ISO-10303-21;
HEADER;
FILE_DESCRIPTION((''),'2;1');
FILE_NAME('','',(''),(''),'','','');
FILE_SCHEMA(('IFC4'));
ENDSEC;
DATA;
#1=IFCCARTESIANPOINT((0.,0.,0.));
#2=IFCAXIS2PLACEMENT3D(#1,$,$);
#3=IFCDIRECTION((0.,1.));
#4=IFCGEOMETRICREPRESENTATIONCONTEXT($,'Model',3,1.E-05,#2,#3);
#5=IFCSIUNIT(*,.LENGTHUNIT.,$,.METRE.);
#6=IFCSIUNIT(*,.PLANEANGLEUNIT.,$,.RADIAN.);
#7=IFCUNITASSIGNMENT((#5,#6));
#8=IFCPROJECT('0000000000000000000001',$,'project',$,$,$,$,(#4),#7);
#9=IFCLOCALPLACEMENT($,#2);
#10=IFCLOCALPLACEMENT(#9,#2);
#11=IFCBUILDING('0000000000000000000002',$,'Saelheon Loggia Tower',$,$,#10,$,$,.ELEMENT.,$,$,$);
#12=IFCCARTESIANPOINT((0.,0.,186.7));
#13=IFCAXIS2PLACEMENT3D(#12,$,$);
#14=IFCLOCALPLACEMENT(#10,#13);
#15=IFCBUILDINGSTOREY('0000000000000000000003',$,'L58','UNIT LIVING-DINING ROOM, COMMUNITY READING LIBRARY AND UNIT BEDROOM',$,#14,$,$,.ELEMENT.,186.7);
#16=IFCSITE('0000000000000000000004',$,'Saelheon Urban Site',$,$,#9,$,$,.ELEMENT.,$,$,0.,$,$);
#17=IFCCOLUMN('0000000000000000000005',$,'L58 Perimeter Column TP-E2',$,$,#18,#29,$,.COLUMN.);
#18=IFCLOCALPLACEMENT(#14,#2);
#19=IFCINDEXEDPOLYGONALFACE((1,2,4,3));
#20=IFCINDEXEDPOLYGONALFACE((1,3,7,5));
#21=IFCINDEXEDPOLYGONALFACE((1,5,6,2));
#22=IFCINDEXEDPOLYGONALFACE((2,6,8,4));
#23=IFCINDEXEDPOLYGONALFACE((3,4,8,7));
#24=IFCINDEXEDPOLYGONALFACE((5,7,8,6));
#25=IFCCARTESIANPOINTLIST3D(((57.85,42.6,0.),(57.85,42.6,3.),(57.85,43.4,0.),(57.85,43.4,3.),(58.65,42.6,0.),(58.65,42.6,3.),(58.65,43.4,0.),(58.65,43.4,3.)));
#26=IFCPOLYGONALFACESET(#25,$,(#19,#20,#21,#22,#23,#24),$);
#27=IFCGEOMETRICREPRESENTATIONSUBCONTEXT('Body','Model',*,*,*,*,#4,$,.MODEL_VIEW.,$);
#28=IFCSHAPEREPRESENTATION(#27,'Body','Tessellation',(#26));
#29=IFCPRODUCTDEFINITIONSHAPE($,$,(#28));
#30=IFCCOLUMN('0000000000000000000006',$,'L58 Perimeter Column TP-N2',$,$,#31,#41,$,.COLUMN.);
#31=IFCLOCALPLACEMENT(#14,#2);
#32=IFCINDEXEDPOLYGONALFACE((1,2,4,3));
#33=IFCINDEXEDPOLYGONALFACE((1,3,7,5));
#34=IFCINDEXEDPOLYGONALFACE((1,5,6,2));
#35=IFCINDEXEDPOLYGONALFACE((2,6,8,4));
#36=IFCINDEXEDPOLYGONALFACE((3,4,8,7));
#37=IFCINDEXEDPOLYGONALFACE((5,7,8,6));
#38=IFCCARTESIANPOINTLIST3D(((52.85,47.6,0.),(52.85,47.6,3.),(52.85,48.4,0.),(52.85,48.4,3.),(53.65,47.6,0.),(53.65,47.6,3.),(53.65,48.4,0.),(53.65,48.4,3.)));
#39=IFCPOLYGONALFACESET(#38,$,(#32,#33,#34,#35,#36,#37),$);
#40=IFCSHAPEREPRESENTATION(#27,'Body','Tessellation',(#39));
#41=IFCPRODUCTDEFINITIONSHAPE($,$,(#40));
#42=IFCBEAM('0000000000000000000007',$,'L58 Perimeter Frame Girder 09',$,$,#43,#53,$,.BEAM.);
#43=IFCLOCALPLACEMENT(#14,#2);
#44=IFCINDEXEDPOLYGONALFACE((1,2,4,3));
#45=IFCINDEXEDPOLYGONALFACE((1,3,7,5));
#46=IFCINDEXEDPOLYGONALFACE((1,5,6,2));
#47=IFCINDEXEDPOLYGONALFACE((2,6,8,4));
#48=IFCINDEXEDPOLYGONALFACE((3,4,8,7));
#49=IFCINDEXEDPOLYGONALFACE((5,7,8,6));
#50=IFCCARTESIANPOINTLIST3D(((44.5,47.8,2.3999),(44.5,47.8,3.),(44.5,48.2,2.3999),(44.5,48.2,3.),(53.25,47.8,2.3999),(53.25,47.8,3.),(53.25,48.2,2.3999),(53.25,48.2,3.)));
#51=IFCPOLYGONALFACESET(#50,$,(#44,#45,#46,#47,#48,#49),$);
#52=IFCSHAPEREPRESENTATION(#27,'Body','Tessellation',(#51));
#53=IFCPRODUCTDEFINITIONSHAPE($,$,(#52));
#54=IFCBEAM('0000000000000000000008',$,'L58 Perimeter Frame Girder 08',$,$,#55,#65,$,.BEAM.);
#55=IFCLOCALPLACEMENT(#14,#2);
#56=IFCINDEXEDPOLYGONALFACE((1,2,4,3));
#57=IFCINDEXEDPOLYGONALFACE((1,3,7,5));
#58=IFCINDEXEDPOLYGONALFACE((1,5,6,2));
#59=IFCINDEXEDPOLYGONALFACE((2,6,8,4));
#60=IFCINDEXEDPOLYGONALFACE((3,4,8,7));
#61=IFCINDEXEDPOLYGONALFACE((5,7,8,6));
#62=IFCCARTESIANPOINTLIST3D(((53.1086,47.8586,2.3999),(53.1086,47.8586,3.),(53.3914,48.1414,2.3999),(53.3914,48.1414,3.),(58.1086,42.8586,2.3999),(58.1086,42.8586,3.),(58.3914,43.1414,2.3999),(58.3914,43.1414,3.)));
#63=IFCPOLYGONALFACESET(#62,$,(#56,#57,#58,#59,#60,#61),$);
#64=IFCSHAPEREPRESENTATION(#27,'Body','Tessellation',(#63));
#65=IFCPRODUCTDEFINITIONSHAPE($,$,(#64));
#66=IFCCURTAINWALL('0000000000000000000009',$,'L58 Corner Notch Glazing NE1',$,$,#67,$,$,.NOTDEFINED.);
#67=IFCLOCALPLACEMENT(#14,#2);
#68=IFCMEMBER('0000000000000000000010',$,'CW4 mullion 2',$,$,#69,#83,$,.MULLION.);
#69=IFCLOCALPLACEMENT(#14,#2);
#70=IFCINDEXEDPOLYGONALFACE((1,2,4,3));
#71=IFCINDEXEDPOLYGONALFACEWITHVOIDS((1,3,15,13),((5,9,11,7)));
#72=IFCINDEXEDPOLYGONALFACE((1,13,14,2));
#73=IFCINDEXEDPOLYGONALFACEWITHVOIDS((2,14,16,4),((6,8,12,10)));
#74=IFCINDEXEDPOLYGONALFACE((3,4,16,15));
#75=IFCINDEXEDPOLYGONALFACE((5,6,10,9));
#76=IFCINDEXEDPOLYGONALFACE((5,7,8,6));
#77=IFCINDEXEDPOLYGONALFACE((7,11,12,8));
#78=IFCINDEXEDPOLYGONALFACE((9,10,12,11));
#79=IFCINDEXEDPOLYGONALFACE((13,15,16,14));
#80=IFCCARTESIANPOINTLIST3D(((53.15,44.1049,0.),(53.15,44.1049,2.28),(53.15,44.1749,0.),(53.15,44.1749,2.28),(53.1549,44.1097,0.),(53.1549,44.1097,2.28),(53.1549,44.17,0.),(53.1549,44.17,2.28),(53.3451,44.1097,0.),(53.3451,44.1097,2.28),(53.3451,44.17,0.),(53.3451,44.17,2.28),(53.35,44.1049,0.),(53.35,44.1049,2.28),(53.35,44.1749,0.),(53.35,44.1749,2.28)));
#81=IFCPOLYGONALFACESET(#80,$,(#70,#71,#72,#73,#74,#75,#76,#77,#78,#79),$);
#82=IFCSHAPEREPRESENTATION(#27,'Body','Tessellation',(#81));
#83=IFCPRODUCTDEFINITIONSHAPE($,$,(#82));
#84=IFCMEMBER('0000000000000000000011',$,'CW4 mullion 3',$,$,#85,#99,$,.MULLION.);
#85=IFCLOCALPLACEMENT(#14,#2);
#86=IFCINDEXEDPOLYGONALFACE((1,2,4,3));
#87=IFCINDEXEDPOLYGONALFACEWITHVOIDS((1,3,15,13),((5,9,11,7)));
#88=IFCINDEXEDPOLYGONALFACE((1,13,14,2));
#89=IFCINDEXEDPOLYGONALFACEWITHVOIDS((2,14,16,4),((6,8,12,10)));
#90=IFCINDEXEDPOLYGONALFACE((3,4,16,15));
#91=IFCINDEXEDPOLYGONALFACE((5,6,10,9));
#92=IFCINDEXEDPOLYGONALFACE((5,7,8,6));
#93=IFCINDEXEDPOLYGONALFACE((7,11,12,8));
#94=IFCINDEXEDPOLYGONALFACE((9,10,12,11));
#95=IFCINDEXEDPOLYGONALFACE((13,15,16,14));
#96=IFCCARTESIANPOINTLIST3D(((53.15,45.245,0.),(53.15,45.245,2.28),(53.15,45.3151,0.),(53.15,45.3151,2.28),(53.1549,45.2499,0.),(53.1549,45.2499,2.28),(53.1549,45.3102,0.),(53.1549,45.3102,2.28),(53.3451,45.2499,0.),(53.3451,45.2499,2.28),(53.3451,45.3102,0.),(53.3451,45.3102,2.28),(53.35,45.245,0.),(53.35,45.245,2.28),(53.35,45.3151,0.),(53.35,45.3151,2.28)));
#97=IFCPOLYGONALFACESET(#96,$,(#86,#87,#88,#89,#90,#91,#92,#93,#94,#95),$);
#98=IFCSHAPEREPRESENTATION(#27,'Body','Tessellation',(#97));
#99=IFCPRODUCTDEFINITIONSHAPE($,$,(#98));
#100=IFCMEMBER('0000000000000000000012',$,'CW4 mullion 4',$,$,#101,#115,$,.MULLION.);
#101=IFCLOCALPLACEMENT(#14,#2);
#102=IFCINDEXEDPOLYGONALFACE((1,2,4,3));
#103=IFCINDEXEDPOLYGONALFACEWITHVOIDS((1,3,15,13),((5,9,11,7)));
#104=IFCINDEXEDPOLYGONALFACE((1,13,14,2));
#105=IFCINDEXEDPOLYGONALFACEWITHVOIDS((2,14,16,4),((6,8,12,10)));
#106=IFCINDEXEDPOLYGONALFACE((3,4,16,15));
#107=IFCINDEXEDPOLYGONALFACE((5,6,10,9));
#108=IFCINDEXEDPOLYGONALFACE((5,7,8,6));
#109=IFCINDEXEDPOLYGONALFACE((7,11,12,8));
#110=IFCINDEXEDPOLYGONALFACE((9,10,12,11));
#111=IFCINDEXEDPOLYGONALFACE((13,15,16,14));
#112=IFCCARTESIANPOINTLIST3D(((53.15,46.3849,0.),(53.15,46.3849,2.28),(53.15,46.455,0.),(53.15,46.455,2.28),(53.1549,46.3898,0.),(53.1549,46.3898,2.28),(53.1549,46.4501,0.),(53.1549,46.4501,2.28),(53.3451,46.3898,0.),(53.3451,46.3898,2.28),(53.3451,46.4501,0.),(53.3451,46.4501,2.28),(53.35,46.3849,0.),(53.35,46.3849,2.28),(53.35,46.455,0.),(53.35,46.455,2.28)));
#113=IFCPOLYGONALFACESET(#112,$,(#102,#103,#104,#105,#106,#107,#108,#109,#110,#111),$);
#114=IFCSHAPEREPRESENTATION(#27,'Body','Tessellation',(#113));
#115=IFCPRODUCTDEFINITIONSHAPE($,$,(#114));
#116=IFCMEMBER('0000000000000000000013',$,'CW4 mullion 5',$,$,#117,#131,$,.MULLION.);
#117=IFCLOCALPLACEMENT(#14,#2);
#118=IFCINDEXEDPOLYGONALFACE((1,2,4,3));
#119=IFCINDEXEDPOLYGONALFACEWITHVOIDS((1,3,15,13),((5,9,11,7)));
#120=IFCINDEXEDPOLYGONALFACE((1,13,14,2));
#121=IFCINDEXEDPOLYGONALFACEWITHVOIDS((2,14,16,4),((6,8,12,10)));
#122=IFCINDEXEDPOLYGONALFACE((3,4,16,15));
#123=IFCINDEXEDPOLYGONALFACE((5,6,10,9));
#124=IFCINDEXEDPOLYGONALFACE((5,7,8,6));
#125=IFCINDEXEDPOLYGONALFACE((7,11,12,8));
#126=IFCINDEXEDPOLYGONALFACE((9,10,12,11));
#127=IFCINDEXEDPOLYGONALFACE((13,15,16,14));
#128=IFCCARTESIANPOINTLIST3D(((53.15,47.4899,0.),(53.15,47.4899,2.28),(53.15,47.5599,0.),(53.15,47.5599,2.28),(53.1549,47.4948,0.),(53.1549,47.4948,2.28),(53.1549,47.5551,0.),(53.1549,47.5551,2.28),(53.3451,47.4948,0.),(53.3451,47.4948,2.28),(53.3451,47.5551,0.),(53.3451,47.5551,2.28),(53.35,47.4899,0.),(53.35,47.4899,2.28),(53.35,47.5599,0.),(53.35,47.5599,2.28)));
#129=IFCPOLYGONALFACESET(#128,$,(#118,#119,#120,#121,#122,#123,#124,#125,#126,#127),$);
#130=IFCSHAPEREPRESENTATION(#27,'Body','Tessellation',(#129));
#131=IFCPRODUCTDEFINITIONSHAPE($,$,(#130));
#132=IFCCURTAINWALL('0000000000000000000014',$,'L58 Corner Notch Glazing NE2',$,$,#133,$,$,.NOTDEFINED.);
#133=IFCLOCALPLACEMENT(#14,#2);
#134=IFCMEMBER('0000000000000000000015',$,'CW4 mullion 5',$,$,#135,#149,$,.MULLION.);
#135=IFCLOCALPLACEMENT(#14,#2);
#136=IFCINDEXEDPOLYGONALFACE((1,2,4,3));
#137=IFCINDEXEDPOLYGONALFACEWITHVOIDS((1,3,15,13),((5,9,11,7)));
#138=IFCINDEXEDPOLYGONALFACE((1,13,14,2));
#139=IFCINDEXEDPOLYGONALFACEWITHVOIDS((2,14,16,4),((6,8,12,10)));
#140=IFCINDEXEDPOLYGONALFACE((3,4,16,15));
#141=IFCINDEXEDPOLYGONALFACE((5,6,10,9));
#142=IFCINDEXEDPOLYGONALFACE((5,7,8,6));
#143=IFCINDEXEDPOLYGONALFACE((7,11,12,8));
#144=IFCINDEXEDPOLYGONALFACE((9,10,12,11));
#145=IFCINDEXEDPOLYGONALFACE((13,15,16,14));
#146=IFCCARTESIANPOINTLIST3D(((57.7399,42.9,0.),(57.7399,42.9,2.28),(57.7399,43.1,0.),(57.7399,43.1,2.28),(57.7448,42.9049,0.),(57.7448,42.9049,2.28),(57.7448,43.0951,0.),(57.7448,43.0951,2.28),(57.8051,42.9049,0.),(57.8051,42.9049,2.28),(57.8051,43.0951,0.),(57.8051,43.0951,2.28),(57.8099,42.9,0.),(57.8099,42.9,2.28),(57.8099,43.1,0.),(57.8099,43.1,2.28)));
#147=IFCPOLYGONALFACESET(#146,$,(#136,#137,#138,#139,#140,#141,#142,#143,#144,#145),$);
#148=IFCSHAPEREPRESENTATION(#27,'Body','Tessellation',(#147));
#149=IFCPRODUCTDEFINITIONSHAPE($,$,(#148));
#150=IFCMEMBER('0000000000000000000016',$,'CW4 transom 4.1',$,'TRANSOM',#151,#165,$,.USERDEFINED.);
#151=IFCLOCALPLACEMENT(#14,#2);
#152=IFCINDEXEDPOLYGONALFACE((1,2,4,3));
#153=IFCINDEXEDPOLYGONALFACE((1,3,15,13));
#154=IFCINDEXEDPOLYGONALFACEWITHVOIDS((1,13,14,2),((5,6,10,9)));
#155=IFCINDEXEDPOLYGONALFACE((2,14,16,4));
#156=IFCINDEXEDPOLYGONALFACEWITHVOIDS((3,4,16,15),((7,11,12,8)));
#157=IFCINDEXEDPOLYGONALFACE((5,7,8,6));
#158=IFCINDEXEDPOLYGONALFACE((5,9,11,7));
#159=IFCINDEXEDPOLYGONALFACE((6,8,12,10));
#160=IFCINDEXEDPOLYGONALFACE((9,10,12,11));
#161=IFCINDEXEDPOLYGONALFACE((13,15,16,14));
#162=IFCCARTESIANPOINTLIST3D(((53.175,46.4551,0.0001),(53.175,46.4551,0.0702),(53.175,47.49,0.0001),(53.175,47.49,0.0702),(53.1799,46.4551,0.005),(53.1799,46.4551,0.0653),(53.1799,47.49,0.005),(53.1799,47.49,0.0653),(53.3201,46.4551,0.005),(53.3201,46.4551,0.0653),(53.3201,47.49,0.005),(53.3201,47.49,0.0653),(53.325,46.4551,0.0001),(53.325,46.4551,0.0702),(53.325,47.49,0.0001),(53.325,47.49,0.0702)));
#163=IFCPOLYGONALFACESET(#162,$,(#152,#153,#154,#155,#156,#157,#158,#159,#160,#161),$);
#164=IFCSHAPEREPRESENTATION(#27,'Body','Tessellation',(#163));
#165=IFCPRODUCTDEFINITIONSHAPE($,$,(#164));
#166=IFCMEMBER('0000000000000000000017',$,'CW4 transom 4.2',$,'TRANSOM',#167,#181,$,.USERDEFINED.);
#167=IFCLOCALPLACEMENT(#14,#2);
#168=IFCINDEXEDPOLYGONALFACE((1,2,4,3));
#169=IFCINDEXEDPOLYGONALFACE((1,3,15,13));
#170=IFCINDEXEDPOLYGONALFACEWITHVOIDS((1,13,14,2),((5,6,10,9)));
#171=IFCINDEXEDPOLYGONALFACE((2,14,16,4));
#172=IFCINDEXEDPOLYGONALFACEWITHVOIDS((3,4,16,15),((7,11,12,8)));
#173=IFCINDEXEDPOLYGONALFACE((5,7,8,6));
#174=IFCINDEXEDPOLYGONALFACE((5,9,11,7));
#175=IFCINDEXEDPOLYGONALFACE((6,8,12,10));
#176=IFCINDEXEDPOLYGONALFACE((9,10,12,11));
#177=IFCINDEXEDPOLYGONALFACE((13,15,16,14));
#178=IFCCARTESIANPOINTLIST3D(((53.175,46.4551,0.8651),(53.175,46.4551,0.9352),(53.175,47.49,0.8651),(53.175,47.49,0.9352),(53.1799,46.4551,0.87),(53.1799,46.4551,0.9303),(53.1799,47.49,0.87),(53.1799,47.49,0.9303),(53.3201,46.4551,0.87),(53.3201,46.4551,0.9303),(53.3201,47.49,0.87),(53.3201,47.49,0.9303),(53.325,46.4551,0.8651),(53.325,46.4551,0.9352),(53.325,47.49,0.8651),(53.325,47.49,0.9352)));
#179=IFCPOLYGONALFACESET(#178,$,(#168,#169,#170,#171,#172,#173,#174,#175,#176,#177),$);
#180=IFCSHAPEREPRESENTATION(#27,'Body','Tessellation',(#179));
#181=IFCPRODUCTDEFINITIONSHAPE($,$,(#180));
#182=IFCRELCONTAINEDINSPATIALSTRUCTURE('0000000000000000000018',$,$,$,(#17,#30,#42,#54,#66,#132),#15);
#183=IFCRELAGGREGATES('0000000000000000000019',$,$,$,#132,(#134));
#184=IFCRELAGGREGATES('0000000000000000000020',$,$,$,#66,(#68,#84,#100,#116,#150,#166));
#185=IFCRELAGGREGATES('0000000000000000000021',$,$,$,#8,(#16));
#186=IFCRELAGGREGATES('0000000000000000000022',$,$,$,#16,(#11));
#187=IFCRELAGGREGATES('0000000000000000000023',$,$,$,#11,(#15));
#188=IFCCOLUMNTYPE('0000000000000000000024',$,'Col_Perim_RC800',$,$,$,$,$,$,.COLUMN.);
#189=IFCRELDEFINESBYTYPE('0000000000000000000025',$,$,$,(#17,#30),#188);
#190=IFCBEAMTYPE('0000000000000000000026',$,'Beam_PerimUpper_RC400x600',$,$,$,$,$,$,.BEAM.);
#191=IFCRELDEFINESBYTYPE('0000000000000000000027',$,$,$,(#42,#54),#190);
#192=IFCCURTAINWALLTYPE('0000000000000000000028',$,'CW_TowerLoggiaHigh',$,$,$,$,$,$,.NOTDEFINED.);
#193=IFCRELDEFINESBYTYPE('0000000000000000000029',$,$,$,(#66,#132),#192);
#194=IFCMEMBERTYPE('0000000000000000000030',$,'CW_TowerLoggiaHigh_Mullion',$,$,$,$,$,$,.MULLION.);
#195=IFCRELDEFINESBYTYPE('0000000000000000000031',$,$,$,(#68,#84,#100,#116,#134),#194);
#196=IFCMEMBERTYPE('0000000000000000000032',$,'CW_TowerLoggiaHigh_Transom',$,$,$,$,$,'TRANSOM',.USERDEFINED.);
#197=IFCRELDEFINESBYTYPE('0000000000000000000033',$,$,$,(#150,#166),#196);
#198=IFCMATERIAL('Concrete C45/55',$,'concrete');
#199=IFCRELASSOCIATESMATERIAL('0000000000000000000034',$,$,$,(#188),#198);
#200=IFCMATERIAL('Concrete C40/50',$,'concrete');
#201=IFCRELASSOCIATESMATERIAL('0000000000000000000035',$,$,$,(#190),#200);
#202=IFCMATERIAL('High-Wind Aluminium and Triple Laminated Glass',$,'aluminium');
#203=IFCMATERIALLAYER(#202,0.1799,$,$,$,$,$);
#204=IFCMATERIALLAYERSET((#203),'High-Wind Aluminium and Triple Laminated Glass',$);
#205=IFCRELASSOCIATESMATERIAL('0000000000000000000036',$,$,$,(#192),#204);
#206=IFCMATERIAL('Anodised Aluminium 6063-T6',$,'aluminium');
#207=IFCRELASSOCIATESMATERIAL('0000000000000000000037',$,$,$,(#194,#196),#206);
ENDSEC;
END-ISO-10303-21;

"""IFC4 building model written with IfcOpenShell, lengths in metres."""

from ifc_helpers import new_model, si_unit, direction, frame, origin, origin_2d, place, context, subcontext, project, spatial, rectangle, hollow_rectangle, extrude, source, transform, mapped, material, layer, layer_set, material_profile, profile_set, type_object, element, aggregate, save


model = new_model("IFC4")

# Units and contexts
model_context = context("Model", 3, precision=1e-05, world=origin(), true_north=direction((0.0, 1.0)))
body_context = subcontext(model_context, "Body", "Model", "MODEL_VIEW")
ifc_project = project(units=[si_unit("LENGTHUNIT", "METRE"), si_unit("PLANEANGLEUNIT", "RADIAN")], contexts=[model_context])

# Site, building, storey
site_placement = place(None, origin())
site = spatial("IfcSite", under=ifc_project, at=site_placement, Name="Saelheon Urban Site", CompositionType="ELEMENT", RefElevation=0.0)
building_placement = place(site_placement, origin())
building = spatial("IfcBuilding", under=site, at=building_placement, Name="Saelheon Loggia Tower", CompositionType="ELEMENT")
storey_placement = place(building_placement, frame((0.0, 0.0, 186.7)))
storey = spatial("IfcBuildingStorey", under=building, at=storey_placement, Name="L58", Description="UNIT LIVING-DINING ROOM, COMMUNITY READING LIBRARY AND UNIT BEDROOM", CompositionType="ELEMENT", Elevation=186.7)

# Columns
ifc_material_1 = material(Name="Concrete C45/55", Category="concrete")
ifc_material_profile_1 = material_profile(ifc_material_1, rectangle(XDim=0.8, YDim=0.8, at=origin_2d()), Name="RC-800x800")
ifc_profile_set_1 = profile_set([ifc_material_profile_1], Name="Concrete C45/55")
column_type = type_object("IfcColumnType", Name="Col_Perim_RC800", PredefinedType="COLUMN", material=ifc_profile_set_1)
shared_shape_1 = source(origin(), body_context, "Body", "SweptSolid", [
    extrude(rectangle(XDim=0.8, YDim=0.8, at=origin_2d()), origin(), (0.0, 0.0, 1.0), 3.0),
])
for number, where, z_axis, x_axis, name in (
    (1, (58.25, 43.0, 0.0), (0.0, 0.0, 1.0), (1.0, 0.0, 0.0), "L58 Perimeter Column TP-E2"),
    (2, (53.25, 48.0, 0.0), (0.0, 0.0, 1.0), (1.0, 0.0, 0.0), "L58 Perimeter Column TP-N2"),
):
    element("IfcColumn", number, at=place(storey_placement, frame(where, z_axis=z_axis, x_axis=x_axis)), inside=storey, type_object=column_type, Name=name, PredefinedType="COLUMN", context=body_context, shape_type="MappedRepresentation", body=[
        mapped(shared_shape_1, transform((0.0, 0.0, 0.0), scale=1.0)),
    ])

# Beams
ifc_material_2 = material(Name="Concrete C40/50", Category="concrete")
ifc_material_profile_2 = material_profile(ifc_material_2, rectangle(XDim=0.3999, YDim=0.6001, at=origin_2d()), Name="RC-400x600")
ifc_profile_set_2 = profile_set([ifc_material_profile_2], Name="Concrete C40/50")
beam_type = type_object("IfcBeamType", Name="Beam_PerimUpper_RC400x600", PredefinedType="BEAM", material=ifc_profile_set_2)
shared_shape_2 = source(origin(), body_context, "Body", "SweptSolid", [
    extrude(rectangle(XDim=0.3999, YDim=0.6001, at=origin_2d()), origin(), (0.0, 0.0, 1.0), 8.75),
])
beam_1_placement = place(storey_placement, frame((53.25, 48.0, 2.7), z_axis=(-1.0, 0.0, 0.0), x_axis=(0.0, -1.0, 0.0)))
element("IfcBeam", 3, at=beam_1_placement, inside=storey, type_object=beam_type, Name="L58 Perimeter Frame Girder 09", PredefinedType="BEAM", context=body_context, shape_type="MappedRepresentation", body=[
    mapped(shared_shape_2, transform((0.0, 0.0, 0.0), scale=1.0)),
])
shared_shape_3 = source(origin(), body_context, "Body", "SweptSolid", [
    extrude(rectangle(XDim=0.3999, YDim=0.6001, at=origin_2d()), origin(), (0.0, 0.0, 1.0), 7.071),
])
beam_2_placement = place(storey_placement, frame((58.25, 43.0, 2.7), z_axis=(-0.707107, 0.707107, 0.0), x_axis=(-0.707107, -0.707107, 0.0)))
element("IfcBeam", 4, at=beam_2_placement, inside=storey, type_object=beam_type, Name="L58 Perimeter Frame Girder 08", PredefinedType="BEAM", context=body_context, shape_type="MappedRepresentation", body=[
    mapped(shared_shape_3, transform((0.0, 0.0, 0.0), scale=1.0)),
])

# Curtain wall, members
ifc_material_3 = material(Name="High-Wind Aluminium and Triple Laminated Glass", Category="aluminium")
ifc_layer_1 = layer(ifc_material_3, 0.1799)
ifc_layer_set_1 = layer_set([ifc_layer_1], Name="High-Wind Aluminium and Triple Laminated Glass")
curtain_wall_type = type_object("IfcCurtainWallType", Name="CW_TowerLoggiaHigh", PredefinedType="NOTDEFINED", material=ifc_layer_set_1)
curtain_wall_1_placement = place(storey_placement, origin())
curtain_wall_1 = element("IfcCurtainWall", 5, at=curtain_wall_1_placement, inside=storey, type_object=curtain_wall_type, Name="L58 Corner Notch Glazing NE1", PredefinedType="NOTDEFINED")
ifc_material_4 = material(Name="Anodised Aluminium 6063-T6", Category="aluminium")
ifc_material_profile_3 = material_profile(ifc_material_4, hollow_rectangle(XDim=0.0701, YDim=0.2, WallThickness=0.0049, at=origin_2d()), Name="RHS-200x70x5")
ifc_profile_set_3 = profile_set([ifc_material_profile_3], Name="Anodised Aluminium 6063-T6")
member_type_1 = type_object("IfcMemberType", Name="CW_TowerLoggiaHigh_Mullion", PredefinedType="MULLION", material=ifc_profile_set_3)
shared_shape_4 = source(origin(), body_context, "Body", "SweptSolid", [
    extrude(hollow_rectangle(XDim=0.0701, YDim=0.2, WallThickness=0.0049, at=origin_2d()), origin(), (0.0, 0.0, 1.0), 2.28),
])
member_1_placement = place(storey_placement, frame((53.25, 44.1399, 0.0), z_axis=(0.0, 0.0, 1.0), x_axis=(0.0, 1.0, 0.0)))
member_1 = element("IfcMember", 6, at=member_1_placement, type_object=member_type_1, Name="CW4 mullion 2", PredefinedType="MULLION", context=body_context, shape_type="MappedRepresentation", body=[
    mapped(shared_shape_4, transform((0.0, 0.0, 0.0), scale=1.0)),
])
member_2_placement = place(storey_placement, frame((53.25, 45.28, 0.0), z_axis=(0.0, 0.0, 1.0), x_axis=(0.0, 1.0, 0.0)))
member_2 = element("IfcMember", 7, at=member_2_placement, type_object=member_type_1, Name="CW4 mullion 3", PredefinedType="MULLION", context=body_context, shape_type="MappedRepresentation", body=[
    mapped(shared_shape_4, transform((0.0, 0.0, 0.0), scale=1.0)),
])
member_3_placement = place(storey_placement, frame((53.25, 46.4199, 0.0), z_axis=(0.0, 0.0, 1.0), x_axis=(0.0, 1.0, 0.0)))
member_3 = element("IfcMember", 8, at=member_3_placement, type_object=member_type_1, Name="CW4 mullion 4", PredefinedType="MULLION", context=body_context, shape_type="MappedRepresentation", body=[
    mapped(shared_shape_4, transform((0.0, 0.0, 0.0), scale=1.0)),
])
member_4_placement = place(storey_placement, frame((53.25, 47.5249, 0.0), z_axis=(0.0, 0.0, 1.0), x_axis=(0.0, 1.0, 0.0)))
member_4 = element("IfcMember", 9, at=member_4_placement, type_object=member_type_1, Name="CW4 mullion 5", PredefinedType="MULLION", context=body_context, shape_type="MappedRepresentation", body=[
    mapped(shared_shape_4, transform((0.0, 0.0, 0.0), scale=1.0)),
])

# Curtain wall, member
curtain_wall_2_placement = place(storey_placement, origin())
curtain_wall_2 = element("IfcCurtainWall", 10, at=curtain_wall_2_placement, inside=storey, type_object=curtain_wall_type, Name="L58 Corner Notch Glazing NE2", PredefinedType="NOTDEFINED")
member_5_placement = place(storey_placement, frame((57.7749, 43.0, 0.0), z_axis=(0.0, 0.0, 1.0), x_axis=(1.0, 0.0, 0.0)))
member_5 = element("IfcMember", 11, at=member_5_placement, type_object=member_type_1, Name="CW4 mullion 5", PredefinedType="MULLION", context=body_context, shape_type="MappedRepresentation", body=[
    mapped(shared_shape_4, transform((0.0, 0.0, 0.0), scale=1.0)),
])

# Members
ifc_material_profile_4 = material_profile(ifc_material_4, hollow_rectangle(XDim=0.0701, YDim=0.1499, WallThickness=0.0049, at=origin_2d()), Name="RHS-150x70x5")
ifc_profile_set_4 = profile_set([ifc_material_profile_4], Name="Anodised Aluminium 6063-T6")
member_type_2 = type_object("IfcMemberType", Name="CW_TowerLoggiaHigh_Transom", ElementType="TRANSOM", PredefinedType="USERDEFINED", material=ifc_profile_set_4)
shared_shape_5 = source(origin(), body_context, "Body", "SweptSolid", [
    extrude(hollow_rectangle(XDim=0.0701, YDim=0.1499, WallThickness=0.0049, at=origin_2d()), origin(), (0.0, 0.0, 1.0), 1.0349),
])
member_6_placement = place(storey_placement, frame((53.25, 46.4551, 0.0352), z_axis=(0.0, 1.0, 0.0), x_axis=(0.0, 0.0, 1.0)))
member_6 = element("IfcMember", 12, at=member_6_placement, type_object=member_type_2, Name="CW4 transom 4.1", ObjectType="TRANSOM", PredefinedType="USERDEFINED", context=body_context, shape_type="MappedRepresentation", body=[
    mapped(shared_shape_5, transform((0.0, 0.0, 0.0), scale=1.0)),
])
member_7_placement = place(storey_placement, frame((53.25, 46.4551, 0.9001), z_axis=(0.0, 1.0, 0.0), x_axis=(0.0, 0.0, 1.0)))
member_7 = element("IfcMember", 13, at=member_7_placement, type_object=member_type_2, Name="CW4 transom 4.2", ObjectType="TRANSOM", PredefinedType="USERDEFINED", context=body_context, shape_type="MappedRepresentation", body=[
    mapped(shared_shape_5, transform((0.0, 0.0, 0.0), scale=1.0)),
])

aggregate(curtain_wall_2, [member_5])
aggregate(curtain_wall_1, [member_1, member_2, member_3, member_4, member_6, member_7])

save(model, "model.ifc")
